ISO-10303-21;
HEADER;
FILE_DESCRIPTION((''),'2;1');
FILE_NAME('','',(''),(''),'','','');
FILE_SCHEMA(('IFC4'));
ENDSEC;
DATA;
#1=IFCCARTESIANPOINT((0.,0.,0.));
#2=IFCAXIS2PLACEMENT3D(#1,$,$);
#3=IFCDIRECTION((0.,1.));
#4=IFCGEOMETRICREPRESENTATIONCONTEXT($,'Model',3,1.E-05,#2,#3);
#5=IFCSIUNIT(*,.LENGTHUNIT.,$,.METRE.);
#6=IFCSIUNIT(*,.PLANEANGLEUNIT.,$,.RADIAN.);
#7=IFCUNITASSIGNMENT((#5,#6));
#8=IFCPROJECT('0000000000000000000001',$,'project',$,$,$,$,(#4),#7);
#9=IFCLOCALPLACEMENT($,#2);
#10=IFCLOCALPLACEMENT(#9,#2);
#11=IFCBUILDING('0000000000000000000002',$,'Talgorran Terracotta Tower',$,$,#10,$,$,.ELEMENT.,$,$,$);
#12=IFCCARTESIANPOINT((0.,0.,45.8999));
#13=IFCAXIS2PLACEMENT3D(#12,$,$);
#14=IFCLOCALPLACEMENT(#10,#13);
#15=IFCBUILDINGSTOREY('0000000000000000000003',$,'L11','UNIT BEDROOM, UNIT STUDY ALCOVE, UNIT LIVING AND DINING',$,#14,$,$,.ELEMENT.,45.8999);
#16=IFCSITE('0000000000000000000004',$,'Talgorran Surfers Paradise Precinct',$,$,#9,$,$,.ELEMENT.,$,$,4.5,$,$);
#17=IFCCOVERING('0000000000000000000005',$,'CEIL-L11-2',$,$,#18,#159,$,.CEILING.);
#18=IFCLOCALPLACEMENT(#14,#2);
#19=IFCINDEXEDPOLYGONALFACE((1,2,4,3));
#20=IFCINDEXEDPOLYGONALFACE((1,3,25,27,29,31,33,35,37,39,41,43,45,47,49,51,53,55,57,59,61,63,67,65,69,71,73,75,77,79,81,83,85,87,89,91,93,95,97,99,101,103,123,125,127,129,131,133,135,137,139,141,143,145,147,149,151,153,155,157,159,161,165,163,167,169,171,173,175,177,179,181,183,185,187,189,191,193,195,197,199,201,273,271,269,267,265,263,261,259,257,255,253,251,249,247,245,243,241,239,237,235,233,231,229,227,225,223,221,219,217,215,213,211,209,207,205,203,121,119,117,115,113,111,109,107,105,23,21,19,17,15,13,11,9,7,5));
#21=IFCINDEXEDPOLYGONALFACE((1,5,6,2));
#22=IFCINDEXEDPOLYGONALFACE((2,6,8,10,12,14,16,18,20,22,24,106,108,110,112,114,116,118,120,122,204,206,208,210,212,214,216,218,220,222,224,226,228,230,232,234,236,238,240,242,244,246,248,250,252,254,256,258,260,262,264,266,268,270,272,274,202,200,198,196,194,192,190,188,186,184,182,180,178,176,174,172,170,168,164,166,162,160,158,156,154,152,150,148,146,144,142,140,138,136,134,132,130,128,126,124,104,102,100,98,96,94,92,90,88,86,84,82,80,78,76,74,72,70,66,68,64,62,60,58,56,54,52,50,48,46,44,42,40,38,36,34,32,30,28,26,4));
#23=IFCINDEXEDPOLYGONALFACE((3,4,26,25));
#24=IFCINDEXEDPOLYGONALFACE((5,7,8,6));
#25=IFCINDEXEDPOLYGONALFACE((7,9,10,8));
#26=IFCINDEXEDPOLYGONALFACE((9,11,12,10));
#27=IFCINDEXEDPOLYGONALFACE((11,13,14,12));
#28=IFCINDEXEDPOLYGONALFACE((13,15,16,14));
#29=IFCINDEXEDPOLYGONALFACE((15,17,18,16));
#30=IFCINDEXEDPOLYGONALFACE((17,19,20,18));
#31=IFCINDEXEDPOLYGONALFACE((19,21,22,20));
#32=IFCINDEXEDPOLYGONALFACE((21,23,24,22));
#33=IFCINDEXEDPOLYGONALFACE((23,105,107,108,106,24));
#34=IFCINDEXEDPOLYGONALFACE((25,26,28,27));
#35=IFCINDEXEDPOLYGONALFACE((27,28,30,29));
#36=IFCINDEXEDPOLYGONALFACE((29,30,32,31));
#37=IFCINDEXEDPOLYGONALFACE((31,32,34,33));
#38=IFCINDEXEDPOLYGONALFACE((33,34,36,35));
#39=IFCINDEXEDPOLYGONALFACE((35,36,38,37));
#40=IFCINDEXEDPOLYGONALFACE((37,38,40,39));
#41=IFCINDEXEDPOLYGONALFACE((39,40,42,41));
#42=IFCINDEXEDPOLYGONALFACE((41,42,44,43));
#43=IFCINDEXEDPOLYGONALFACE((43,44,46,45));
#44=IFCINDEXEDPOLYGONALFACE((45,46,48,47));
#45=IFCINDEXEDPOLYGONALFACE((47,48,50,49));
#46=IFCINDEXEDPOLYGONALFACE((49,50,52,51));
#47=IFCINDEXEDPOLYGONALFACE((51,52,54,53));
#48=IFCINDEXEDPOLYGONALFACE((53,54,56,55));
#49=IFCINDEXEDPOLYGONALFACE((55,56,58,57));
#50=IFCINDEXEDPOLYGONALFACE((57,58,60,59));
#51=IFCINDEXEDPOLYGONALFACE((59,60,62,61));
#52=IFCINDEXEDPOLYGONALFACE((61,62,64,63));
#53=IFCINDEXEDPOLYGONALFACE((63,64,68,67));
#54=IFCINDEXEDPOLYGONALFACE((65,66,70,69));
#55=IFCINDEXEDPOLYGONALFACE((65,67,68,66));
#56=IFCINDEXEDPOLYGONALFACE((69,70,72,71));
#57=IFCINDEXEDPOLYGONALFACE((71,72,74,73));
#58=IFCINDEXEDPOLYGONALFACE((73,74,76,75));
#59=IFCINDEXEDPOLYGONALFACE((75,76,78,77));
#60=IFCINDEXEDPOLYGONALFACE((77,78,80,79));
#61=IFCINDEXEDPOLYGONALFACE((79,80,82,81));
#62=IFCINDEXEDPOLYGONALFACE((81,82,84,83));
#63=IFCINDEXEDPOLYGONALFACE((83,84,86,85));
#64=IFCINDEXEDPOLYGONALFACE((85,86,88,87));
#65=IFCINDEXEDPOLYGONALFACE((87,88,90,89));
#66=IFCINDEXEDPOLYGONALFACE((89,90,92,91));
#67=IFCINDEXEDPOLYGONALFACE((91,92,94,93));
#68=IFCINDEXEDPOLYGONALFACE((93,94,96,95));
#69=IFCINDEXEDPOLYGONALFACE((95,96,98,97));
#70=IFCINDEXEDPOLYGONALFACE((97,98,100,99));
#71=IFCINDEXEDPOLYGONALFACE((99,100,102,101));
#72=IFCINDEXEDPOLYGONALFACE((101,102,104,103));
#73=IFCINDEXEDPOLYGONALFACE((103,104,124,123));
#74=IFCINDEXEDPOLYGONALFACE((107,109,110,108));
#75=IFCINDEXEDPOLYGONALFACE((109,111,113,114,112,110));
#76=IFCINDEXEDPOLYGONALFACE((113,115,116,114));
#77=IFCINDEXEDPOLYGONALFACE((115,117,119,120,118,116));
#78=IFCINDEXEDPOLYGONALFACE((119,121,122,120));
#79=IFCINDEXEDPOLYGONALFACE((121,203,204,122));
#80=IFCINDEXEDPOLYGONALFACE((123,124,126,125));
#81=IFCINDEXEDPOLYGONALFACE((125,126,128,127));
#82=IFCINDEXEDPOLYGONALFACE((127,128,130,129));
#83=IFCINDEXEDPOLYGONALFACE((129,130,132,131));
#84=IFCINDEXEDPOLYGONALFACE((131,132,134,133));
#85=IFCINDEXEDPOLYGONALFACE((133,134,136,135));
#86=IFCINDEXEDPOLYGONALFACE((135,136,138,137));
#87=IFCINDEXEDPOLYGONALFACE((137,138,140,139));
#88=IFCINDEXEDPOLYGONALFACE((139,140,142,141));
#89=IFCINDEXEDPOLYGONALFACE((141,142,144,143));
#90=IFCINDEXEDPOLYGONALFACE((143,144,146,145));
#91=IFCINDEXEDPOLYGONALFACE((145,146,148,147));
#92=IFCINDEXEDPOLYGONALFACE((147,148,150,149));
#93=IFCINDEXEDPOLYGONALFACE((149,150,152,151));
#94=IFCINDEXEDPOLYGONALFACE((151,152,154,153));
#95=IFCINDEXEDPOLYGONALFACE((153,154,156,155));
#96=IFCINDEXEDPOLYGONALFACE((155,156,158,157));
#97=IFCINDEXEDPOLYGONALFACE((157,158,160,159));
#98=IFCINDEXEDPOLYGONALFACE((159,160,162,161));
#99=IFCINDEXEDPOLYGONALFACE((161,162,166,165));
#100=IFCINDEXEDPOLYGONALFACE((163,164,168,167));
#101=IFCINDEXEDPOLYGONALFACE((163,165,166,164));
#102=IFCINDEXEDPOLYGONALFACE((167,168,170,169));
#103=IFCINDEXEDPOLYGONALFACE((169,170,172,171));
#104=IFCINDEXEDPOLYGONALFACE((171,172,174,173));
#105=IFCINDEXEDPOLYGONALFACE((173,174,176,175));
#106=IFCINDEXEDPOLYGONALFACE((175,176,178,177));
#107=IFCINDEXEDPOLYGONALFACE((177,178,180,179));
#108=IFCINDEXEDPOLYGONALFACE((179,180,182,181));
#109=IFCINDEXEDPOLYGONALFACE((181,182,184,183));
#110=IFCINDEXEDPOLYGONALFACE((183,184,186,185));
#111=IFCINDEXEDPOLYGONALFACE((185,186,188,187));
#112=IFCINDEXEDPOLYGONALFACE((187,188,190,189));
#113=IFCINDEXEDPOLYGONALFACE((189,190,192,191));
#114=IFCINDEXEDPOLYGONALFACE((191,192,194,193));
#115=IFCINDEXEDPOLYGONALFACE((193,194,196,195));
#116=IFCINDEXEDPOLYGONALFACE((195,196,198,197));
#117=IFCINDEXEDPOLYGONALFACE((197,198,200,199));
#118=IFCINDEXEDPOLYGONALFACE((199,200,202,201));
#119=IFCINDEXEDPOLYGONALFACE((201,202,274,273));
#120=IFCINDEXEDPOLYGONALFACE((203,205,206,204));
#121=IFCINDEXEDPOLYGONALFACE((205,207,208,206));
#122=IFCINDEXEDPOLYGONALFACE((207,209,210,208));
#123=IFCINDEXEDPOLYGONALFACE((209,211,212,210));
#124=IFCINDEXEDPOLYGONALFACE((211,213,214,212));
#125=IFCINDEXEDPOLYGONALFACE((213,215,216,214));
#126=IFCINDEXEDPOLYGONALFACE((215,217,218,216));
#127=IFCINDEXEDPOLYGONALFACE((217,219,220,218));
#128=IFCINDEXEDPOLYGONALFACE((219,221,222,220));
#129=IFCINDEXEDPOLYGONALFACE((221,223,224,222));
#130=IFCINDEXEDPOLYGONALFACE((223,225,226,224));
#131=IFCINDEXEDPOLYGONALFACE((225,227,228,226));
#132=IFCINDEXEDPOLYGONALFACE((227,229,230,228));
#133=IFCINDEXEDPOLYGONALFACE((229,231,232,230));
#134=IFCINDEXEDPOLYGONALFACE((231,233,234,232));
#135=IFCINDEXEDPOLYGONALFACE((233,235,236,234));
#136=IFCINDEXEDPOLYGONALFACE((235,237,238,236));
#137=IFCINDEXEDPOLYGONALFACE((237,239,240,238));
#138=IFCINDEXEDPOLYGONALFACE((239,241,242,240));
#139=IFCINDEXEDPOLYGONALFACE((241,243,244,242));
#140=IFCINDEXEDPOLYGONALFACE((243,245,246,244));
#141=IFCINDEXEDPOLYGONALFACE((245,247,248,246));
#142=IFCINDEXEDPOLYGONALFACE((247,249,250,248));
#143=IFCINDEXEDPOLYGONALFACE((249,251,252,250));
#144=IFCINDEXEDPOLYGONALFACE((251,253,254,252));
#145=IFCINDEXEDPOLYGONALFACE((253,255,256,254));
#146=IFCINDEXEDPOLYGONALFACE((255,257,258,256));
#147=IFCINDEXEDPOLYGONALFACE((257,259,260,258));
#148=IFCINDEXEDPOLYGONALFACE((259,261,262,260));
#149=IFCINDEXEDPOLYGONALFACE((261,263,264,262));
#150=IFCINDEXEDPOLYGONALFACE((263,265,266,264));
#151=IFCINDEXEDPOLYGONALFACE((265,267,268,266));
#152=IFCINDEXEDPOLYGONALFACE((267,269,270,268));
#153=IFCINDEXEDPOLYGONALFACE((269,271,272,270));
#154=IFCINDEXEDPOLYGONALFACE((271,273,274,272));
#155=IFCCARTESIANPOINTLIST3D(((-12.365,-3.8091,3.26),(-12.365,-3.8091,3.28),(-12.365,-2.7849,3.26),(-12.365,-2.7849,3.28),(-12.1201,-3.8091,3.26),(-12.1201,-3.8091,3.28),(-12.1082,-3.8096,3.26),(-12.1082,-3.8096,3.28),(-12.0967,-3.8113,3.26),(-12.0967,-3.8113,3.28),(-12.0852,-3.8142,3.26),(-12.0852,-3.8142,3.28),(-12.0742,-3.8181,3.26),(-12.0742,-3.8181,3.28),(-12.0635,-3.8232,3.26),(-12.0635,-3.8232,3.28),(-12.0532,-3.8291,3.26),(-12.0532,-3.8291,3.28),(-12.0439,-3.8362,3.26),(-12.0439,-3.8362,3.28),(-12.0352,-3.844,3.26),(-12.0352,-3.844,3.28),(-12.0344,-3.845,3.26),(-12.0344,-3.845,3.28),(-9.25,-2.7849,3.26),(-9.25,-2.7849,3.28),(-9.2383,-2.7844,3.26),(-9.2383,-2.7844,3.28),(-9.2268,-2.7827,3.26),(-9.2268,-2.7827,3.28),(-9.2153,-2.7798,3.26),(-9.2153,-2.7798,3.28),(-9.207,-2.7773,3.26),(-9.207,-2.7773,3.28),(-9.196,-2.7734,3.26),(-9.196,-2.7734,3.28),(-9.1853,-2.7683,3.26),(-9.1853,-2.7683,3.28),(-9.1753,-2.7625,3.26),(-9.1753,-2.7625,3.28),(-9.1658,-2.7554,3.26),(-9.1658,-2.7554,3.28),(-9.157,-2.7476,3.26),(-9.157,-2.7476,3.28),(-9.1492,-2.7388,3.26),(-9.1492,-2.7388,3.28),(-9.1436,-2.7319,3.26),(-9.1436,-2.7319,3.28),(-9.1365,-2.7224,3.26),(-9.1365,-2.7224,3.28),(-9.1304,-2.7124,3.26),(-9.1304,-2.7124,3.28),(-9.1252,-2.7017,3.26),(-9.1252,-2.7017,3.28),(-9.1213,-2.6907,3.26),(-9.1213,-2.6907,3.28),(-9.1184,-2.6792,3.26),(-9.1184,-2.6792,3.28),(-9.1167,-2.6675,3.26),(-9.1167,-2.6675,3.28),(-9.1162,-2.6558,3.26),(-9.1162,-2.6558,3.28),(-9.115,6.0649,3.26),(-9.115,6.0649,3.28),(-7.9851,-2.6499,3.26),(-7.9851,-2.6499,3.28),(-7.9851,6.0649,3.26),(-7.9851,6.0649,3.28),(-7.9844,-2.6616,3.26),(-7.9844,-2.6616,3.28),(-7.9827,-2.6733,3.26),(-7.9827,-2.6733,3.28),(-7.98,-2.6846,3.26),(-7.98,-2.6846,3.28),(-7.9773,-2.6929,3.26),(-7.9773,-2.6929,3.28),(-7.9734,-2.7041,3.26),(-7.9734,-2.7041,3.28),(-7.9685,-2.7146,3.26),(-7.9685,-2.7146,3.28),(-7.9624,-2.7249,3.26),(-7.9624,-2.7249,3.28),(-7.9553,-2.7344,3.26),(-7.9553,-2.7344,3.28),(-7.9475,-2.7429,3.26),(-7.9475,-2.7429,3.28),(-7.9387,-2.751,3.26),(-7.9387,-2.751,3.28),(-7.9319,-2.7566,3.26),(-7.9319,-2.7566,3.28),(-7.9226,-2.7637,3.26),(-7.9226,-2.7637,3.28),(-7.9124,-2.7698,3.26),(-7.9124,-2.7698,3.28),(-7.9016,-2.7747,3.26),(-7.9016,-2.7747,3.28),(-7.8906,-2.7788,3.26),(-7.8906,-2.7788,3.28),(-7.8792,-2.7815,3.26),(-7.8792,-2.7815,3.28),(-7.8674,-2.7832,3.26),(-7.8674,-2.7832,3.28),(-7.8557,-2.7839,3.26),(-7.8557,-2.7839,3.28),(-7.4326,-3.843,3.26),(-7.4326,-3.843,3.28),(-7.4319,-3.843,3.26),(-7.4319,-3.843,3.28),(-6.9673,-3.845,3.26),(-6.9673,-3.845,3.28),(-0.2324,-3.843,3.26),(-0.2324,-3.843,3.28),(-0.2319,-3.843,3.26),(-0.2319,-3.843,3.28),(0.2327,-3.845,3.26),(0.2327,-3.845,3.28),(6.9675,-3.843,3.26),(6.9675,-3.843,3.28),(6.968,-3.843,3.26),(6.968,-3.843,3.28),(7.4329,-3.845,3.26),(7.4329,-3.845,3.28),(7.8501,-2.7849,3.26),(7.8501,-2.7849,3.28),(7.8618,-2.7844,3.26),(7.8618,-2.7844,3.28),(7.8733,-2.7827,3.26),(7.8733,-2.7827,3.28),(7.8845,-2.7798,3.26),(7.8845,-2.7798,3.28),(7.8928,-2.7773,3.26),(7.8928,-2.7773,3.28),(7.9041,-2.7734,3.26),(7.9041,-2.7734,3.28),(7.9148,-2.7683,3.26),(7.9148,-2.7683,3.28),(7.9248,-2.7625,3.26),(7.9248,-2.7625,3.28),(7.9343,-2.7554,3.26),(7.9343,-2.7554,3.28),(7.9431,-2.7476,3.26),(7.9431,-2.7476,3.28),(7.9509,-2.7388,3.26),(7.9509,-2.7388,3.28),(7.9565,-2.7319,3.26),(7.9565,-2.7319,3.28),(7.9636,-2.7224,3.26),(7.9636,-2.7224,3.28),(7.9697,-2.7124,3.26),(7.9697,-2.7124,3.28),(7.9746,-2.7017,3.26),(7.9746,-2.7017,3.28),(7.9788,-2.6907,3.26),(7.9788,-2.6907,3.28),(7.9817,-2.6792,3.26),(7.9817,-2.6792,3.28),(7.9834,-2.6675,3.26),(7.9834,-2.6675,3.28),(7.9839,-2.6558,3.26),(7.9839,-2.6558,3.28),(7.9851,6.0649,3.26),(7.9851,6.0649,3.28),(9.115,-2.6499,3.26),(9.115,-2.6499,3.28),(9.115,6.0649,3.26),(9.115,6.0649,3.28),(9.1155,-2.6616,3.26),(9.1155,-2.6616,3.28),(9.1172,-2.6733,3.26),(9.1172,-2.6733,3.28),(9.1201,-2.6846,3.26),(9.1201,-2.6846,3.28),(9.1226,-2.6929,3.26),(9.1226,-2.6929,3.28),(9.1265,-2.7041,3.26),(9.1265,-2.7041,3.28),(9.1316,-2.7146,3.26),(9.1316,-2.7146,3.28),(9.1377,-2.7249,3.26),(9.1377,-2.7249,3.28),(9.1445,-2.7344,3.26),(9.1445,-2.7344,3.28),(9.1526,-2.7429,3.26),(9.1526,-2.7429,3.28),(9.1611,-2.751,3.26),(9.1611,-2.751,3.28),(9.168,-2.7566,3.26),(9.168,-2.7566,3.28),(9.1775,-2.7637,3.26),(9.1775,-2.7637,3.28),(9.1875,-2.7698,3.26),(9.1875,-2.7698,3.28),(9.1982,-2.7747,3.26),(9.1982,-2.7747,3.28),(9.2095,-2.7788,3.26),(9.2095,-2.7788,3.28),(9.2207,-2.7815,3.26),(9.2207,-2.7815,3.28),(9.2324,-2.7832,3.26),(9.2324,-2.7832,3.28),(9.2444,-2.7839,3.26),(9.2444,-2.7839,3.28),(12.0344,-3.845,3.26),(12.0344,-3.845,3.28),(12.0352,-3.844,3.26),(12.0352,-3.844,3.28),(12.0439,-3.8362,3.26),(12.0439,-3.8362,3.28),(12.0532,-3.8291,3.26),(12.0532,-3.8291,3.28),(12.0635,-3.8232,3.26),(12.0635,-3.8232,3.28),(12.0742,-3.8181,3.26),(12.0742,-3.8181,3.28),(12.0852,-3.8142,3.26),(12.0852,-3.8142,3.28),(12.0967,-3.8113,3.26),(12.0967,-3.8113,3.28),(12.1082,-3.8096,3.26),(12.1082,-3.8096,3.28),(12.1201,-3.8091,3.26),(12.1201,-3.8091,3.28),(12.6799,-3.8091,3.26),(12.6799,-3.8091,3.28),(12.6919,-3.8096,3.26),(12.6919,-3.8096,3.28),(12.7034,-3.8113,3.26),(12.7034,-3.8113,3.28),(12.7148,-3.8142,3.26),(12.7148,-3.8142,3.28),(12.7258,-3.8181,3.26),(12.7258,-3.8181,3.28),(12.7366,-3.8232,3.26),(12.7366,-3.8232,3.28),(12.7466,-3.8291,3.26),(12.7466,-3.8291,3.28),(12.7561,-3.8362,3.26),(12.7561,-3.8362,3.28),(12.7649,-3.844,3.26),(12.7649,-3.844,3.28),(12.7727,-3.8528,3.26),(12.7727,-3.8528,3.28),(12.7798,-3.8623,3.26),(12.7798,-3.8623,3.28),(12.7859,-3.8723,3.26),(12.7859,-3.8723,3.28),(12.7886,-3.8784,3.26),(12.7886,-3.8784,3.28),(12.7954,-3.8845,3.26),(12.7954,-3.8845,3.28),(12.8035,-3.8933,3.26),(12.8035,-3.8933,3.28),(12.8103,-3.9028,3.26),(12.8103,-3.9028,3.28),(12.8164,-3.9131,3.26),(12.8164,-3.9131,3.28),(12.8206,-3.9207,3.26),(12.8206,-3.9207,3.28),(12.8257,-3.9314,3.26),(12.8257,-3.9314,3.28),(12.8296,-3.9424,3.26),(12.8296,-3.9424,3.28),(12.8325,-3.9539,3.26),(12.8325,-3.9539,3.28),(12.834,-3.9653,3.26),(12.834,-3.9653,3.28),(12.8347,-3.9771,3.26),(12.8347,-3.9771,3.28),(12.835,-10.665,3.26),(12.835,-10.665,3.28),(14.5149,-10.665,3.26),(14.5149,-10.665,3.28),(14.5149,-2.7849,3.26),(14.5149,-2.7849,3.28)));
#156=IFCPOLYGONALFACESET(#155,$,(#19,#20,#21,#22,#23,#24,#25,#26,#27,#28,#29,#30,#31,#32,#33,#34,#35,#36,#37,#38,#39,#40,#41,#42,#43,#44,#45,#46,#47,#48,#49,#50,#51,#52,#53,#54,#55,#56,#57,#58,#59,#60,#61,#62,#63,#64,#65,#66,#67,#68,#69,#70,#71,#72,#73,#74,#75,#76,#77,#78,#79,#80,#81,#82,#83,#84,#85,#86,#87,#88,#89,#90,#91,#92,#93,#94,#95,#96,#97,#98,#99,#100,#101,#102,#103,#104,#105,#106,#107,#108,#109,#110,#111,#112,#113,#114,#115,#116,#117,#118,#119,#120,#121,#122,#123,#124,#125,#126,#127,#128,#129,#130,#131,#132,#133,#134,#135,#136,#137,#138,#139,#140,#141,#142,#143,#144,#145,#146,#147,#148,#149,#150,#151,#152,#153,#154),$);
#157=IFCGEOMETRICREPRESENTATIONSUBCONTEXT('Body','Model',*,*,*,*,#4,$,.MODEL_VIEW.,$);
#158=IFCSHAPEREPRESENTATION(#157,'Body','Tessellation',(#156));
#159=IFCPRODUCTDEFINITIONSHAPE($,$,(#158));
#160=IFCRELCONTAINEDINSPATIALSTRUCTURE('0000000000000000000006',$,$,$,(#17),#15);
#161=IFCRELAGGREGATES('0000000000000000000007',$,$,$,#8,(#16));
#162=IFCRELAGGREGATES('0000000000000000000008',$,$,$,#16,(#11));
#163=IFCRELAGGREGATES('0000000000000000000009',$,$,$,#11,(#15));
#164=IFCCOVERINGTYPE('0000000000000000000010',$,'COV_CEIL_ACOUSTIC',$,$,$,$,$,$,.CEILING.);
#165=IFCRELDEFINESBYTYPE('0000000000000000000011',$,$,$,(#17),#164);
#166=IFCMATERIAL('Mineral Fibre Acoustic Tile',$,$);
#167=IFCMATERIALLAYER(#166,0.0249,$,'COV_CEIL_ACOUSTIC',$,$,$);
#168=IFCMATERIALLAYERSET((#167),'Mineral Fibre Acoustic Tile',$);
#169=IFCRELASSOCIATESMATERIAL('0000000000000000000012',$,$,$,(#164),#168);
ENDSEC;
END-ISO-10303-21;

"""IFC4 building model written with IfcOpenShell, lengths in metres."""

from ifc_helpers import new_model, si_unit, direction, frame, origin, place, context, subcontext, project, spatial, polyline, outline, extrude, material, layer, layer_set, type_object, element, save


model = new_model("IFC4")

# Units and contexts
model_context = context("Model", 3, precision=1e-05, world=origin(), true_north=direction((0.0, 1.0)))
body_context = subcontext(model_context, "Body", "Model", "MODEL_VIEW")
ifc_project = project(units=[si_unit("LENGTHUNIT", "METRE"), si_unit("PLANEANGLEUNIT", "RADIAN")], contexts=[model_context])

# Site, building, storey
site_placement = place(None, origin())
site = spatial("IfcSite", under=ifc_project, at=site_placement, Name="Talgorran Surfers Paradise Precinct", CompositionType="ELEMENT", RefElevation=4.5)
building_placement = place(site_placement, origin())
building = spatial("IfcBuilding", under=site, at=building_placement, Name="Talgorran Terracotta Tower", CompositionType="ELEMENT")
storey_placement = place(building_placement, frame((0.0, 0.0, 45.8999)))
storey = spatial("IfcBuildingStorey", under=building, at=storey_placement, Name="L11", Description="UNIT BEDROOM, UNIT STUDY ALCOVE, UNIT LIVING AND DINING", CompositionType="ELEMENT", Elevation=45.8999)

# Covering
ifc_material_1 = material(Name="Mineral Fibre Acoustic Tile")
ifc_layer_1 = layer(ifc_material_1, 0.0249, Name="COV_CEIL_ACOUSTIC")
ifc_layer_set_1 = layer_set([ifc_layer_1], Name="Mineral Fibre Acoustic Tile")
covering_type_1 = type_object("IfcCoveringType", Name="COV_CEIL_ACOUSTIC", PredefinedType="CEILING", material=ifc_layer_set_1)
covering_1_placement = place(storey_placement, frame((0.0, 0.0, 3.26)))
element("IfcCovering", 1, at=covering_1_placement, inside=storey, type_object=covering_type_1, Name="CEIL-L11-2", PredefinedType="CEILING", context=body_context, shape_type="SweptSolid", body=[
    extrude(outline(polyline([(-12.0344, -3.845), (-12.0352, -3.844), (-12.0439, -3.8362), (-12.0532, -3.8291), (-12.0635, -3.8232), (-12.0742, -3.8181), (-12.0852, -3.8142), (-12.0967, -3.8113), (-12.1082, -3.8096), (-12.1201, -3.8091), (-12.365, -3.8091), (-12.365, -2.7849), (-9.25, -2.7849), (-9.2383, -2.7844), (-9.2268, -2.7827), (-9.2153, -2.7798), (-9.207, -2.7773), (-9.196, -2.7734), (-9.1853, -2.7683), (-9.1753, -2.7625), (-9.1658, -2.7554), (-9.157, -2.7476), (-9.1492, -2.7388), (-9.1436, -2.7319), (-9.1365, -2.7224), (-9.1304, -2.7124), (-9.1252, -2.7017), (-9.1213, -2.6907), (-9.1184, -2.6792), (-9.1167, -2.6675), (-9.1162, -2.6558), (-9.115, 6.0649), (-7.9851, 6.0649), (-7.9851, -2.6499), (-7.9844, -2.6616), (-7.9827, -2.6733), (-7.98, -2.6846), (-7.9773, -2.6929), (-7.9734, -2.7041), (-7.9685, -2.7146), (-7.9624, -2.7249), (-7.9553, -2.7344), (-7.9475, -2.7429), (-7.9387, -2.751), (-7.9319, -2.7566), (-7.9226, -2.7637), (-7.9124, -2.7698), (-7.9016, -2.7747), (-7.8906, -2.7788), (-7.8792, -2.7815), (-7.8674, -2.7832), (-7.8557, -2.7839), (7.8501, -2.7849), (7.8618, -2.7844), (7.8733, -2.7827), (7.8845, -2.7798), (7.8928, -2.7773), (7.9041, -2.7734), (7.9148, -2.7683), (7.9248, -2.7625), (7.9343, -2.7554), (7.9431, -2.7476), (7.9509, -2.7388), (7.9565, -2.7319), (7.9636, -2.7224), (7.9697, -2.7124), (7.9746, -2.7017), (7.9788, -2.6907), (7.9817, -2.6792), (7.9834, -2.6675), (7.9839, -2.6558), (7.9851, 6.0649), (9.115, 6.0649), (9.115, -2.6499), (9.1155, -2.6616), (9.1172, -2.6733), (9.1201, -2.6846), (9.1226, -2.6929), (9.1265, -2.7041), (9.1316, -2.7146), (9.1377, -2.7249), (9.1445, -2.7344), (9.1526, -2.7429), (9.1611, -2.751), (9.168, -2.7566), (9.1775, -2.7637), (9.1875, -2.7698), (9.1982, -2.7747), (9.2095, -2.7788), (9.2207, -2.7815), (9.2324, -2.7832), (9.2444, -2.7839), (14.5149, -2.7849), (14.5149, -10.665), (12.835, -10.665), (12.8347, -3.9771), (12.834, -3.9653), (12.8325, -3.9539), (12.8296, -3.9424), (12.8257, -3.9314), (12.8206, -3.9207), (12.8164, -3.9131), (12.8103, -3.9028), (12.8035, -3.8933), (12.7954, -3.8845), (12.7886, -3.8784), (12.7859, -3.8723), (12.7798, -3.8623), (12.7727, -3.8528), (12.7649, -3.844), (12.7561, -3.8362), (12.7466, -3.8291), (12.7366, -3.8232), (12.7258, -3.8181), (12.7148, -3.8142), (12.7034, -3.8113), (12.6919, -3.8096), (12.6799, -3.8091), (12.1201, -3.8091), (12.1082, -3.8096), (12.0967, -3.8113), (12.0852, -3.8142), (12.0742, -3.8181), (12.0635, -3.8232), (12.0532, -3.8291), (12.0439, -3.8362), (12.0352, -3.844), (12.0344, -3.845), (7.4329, -3.845), (6.968, -3.843), (6.9675, -3.843), (0.2327, -3.845), (-0.2319, -3.843), (-0.2324, -3.843), (-6.9673, -3.845), (-7.4319, -3.843), (-7.4326, -3.843), (-12.0344, -3.845)])), origin(), (0.0, 0.0, 1.0), 0.02),
])

save(model, "model.ifc")
